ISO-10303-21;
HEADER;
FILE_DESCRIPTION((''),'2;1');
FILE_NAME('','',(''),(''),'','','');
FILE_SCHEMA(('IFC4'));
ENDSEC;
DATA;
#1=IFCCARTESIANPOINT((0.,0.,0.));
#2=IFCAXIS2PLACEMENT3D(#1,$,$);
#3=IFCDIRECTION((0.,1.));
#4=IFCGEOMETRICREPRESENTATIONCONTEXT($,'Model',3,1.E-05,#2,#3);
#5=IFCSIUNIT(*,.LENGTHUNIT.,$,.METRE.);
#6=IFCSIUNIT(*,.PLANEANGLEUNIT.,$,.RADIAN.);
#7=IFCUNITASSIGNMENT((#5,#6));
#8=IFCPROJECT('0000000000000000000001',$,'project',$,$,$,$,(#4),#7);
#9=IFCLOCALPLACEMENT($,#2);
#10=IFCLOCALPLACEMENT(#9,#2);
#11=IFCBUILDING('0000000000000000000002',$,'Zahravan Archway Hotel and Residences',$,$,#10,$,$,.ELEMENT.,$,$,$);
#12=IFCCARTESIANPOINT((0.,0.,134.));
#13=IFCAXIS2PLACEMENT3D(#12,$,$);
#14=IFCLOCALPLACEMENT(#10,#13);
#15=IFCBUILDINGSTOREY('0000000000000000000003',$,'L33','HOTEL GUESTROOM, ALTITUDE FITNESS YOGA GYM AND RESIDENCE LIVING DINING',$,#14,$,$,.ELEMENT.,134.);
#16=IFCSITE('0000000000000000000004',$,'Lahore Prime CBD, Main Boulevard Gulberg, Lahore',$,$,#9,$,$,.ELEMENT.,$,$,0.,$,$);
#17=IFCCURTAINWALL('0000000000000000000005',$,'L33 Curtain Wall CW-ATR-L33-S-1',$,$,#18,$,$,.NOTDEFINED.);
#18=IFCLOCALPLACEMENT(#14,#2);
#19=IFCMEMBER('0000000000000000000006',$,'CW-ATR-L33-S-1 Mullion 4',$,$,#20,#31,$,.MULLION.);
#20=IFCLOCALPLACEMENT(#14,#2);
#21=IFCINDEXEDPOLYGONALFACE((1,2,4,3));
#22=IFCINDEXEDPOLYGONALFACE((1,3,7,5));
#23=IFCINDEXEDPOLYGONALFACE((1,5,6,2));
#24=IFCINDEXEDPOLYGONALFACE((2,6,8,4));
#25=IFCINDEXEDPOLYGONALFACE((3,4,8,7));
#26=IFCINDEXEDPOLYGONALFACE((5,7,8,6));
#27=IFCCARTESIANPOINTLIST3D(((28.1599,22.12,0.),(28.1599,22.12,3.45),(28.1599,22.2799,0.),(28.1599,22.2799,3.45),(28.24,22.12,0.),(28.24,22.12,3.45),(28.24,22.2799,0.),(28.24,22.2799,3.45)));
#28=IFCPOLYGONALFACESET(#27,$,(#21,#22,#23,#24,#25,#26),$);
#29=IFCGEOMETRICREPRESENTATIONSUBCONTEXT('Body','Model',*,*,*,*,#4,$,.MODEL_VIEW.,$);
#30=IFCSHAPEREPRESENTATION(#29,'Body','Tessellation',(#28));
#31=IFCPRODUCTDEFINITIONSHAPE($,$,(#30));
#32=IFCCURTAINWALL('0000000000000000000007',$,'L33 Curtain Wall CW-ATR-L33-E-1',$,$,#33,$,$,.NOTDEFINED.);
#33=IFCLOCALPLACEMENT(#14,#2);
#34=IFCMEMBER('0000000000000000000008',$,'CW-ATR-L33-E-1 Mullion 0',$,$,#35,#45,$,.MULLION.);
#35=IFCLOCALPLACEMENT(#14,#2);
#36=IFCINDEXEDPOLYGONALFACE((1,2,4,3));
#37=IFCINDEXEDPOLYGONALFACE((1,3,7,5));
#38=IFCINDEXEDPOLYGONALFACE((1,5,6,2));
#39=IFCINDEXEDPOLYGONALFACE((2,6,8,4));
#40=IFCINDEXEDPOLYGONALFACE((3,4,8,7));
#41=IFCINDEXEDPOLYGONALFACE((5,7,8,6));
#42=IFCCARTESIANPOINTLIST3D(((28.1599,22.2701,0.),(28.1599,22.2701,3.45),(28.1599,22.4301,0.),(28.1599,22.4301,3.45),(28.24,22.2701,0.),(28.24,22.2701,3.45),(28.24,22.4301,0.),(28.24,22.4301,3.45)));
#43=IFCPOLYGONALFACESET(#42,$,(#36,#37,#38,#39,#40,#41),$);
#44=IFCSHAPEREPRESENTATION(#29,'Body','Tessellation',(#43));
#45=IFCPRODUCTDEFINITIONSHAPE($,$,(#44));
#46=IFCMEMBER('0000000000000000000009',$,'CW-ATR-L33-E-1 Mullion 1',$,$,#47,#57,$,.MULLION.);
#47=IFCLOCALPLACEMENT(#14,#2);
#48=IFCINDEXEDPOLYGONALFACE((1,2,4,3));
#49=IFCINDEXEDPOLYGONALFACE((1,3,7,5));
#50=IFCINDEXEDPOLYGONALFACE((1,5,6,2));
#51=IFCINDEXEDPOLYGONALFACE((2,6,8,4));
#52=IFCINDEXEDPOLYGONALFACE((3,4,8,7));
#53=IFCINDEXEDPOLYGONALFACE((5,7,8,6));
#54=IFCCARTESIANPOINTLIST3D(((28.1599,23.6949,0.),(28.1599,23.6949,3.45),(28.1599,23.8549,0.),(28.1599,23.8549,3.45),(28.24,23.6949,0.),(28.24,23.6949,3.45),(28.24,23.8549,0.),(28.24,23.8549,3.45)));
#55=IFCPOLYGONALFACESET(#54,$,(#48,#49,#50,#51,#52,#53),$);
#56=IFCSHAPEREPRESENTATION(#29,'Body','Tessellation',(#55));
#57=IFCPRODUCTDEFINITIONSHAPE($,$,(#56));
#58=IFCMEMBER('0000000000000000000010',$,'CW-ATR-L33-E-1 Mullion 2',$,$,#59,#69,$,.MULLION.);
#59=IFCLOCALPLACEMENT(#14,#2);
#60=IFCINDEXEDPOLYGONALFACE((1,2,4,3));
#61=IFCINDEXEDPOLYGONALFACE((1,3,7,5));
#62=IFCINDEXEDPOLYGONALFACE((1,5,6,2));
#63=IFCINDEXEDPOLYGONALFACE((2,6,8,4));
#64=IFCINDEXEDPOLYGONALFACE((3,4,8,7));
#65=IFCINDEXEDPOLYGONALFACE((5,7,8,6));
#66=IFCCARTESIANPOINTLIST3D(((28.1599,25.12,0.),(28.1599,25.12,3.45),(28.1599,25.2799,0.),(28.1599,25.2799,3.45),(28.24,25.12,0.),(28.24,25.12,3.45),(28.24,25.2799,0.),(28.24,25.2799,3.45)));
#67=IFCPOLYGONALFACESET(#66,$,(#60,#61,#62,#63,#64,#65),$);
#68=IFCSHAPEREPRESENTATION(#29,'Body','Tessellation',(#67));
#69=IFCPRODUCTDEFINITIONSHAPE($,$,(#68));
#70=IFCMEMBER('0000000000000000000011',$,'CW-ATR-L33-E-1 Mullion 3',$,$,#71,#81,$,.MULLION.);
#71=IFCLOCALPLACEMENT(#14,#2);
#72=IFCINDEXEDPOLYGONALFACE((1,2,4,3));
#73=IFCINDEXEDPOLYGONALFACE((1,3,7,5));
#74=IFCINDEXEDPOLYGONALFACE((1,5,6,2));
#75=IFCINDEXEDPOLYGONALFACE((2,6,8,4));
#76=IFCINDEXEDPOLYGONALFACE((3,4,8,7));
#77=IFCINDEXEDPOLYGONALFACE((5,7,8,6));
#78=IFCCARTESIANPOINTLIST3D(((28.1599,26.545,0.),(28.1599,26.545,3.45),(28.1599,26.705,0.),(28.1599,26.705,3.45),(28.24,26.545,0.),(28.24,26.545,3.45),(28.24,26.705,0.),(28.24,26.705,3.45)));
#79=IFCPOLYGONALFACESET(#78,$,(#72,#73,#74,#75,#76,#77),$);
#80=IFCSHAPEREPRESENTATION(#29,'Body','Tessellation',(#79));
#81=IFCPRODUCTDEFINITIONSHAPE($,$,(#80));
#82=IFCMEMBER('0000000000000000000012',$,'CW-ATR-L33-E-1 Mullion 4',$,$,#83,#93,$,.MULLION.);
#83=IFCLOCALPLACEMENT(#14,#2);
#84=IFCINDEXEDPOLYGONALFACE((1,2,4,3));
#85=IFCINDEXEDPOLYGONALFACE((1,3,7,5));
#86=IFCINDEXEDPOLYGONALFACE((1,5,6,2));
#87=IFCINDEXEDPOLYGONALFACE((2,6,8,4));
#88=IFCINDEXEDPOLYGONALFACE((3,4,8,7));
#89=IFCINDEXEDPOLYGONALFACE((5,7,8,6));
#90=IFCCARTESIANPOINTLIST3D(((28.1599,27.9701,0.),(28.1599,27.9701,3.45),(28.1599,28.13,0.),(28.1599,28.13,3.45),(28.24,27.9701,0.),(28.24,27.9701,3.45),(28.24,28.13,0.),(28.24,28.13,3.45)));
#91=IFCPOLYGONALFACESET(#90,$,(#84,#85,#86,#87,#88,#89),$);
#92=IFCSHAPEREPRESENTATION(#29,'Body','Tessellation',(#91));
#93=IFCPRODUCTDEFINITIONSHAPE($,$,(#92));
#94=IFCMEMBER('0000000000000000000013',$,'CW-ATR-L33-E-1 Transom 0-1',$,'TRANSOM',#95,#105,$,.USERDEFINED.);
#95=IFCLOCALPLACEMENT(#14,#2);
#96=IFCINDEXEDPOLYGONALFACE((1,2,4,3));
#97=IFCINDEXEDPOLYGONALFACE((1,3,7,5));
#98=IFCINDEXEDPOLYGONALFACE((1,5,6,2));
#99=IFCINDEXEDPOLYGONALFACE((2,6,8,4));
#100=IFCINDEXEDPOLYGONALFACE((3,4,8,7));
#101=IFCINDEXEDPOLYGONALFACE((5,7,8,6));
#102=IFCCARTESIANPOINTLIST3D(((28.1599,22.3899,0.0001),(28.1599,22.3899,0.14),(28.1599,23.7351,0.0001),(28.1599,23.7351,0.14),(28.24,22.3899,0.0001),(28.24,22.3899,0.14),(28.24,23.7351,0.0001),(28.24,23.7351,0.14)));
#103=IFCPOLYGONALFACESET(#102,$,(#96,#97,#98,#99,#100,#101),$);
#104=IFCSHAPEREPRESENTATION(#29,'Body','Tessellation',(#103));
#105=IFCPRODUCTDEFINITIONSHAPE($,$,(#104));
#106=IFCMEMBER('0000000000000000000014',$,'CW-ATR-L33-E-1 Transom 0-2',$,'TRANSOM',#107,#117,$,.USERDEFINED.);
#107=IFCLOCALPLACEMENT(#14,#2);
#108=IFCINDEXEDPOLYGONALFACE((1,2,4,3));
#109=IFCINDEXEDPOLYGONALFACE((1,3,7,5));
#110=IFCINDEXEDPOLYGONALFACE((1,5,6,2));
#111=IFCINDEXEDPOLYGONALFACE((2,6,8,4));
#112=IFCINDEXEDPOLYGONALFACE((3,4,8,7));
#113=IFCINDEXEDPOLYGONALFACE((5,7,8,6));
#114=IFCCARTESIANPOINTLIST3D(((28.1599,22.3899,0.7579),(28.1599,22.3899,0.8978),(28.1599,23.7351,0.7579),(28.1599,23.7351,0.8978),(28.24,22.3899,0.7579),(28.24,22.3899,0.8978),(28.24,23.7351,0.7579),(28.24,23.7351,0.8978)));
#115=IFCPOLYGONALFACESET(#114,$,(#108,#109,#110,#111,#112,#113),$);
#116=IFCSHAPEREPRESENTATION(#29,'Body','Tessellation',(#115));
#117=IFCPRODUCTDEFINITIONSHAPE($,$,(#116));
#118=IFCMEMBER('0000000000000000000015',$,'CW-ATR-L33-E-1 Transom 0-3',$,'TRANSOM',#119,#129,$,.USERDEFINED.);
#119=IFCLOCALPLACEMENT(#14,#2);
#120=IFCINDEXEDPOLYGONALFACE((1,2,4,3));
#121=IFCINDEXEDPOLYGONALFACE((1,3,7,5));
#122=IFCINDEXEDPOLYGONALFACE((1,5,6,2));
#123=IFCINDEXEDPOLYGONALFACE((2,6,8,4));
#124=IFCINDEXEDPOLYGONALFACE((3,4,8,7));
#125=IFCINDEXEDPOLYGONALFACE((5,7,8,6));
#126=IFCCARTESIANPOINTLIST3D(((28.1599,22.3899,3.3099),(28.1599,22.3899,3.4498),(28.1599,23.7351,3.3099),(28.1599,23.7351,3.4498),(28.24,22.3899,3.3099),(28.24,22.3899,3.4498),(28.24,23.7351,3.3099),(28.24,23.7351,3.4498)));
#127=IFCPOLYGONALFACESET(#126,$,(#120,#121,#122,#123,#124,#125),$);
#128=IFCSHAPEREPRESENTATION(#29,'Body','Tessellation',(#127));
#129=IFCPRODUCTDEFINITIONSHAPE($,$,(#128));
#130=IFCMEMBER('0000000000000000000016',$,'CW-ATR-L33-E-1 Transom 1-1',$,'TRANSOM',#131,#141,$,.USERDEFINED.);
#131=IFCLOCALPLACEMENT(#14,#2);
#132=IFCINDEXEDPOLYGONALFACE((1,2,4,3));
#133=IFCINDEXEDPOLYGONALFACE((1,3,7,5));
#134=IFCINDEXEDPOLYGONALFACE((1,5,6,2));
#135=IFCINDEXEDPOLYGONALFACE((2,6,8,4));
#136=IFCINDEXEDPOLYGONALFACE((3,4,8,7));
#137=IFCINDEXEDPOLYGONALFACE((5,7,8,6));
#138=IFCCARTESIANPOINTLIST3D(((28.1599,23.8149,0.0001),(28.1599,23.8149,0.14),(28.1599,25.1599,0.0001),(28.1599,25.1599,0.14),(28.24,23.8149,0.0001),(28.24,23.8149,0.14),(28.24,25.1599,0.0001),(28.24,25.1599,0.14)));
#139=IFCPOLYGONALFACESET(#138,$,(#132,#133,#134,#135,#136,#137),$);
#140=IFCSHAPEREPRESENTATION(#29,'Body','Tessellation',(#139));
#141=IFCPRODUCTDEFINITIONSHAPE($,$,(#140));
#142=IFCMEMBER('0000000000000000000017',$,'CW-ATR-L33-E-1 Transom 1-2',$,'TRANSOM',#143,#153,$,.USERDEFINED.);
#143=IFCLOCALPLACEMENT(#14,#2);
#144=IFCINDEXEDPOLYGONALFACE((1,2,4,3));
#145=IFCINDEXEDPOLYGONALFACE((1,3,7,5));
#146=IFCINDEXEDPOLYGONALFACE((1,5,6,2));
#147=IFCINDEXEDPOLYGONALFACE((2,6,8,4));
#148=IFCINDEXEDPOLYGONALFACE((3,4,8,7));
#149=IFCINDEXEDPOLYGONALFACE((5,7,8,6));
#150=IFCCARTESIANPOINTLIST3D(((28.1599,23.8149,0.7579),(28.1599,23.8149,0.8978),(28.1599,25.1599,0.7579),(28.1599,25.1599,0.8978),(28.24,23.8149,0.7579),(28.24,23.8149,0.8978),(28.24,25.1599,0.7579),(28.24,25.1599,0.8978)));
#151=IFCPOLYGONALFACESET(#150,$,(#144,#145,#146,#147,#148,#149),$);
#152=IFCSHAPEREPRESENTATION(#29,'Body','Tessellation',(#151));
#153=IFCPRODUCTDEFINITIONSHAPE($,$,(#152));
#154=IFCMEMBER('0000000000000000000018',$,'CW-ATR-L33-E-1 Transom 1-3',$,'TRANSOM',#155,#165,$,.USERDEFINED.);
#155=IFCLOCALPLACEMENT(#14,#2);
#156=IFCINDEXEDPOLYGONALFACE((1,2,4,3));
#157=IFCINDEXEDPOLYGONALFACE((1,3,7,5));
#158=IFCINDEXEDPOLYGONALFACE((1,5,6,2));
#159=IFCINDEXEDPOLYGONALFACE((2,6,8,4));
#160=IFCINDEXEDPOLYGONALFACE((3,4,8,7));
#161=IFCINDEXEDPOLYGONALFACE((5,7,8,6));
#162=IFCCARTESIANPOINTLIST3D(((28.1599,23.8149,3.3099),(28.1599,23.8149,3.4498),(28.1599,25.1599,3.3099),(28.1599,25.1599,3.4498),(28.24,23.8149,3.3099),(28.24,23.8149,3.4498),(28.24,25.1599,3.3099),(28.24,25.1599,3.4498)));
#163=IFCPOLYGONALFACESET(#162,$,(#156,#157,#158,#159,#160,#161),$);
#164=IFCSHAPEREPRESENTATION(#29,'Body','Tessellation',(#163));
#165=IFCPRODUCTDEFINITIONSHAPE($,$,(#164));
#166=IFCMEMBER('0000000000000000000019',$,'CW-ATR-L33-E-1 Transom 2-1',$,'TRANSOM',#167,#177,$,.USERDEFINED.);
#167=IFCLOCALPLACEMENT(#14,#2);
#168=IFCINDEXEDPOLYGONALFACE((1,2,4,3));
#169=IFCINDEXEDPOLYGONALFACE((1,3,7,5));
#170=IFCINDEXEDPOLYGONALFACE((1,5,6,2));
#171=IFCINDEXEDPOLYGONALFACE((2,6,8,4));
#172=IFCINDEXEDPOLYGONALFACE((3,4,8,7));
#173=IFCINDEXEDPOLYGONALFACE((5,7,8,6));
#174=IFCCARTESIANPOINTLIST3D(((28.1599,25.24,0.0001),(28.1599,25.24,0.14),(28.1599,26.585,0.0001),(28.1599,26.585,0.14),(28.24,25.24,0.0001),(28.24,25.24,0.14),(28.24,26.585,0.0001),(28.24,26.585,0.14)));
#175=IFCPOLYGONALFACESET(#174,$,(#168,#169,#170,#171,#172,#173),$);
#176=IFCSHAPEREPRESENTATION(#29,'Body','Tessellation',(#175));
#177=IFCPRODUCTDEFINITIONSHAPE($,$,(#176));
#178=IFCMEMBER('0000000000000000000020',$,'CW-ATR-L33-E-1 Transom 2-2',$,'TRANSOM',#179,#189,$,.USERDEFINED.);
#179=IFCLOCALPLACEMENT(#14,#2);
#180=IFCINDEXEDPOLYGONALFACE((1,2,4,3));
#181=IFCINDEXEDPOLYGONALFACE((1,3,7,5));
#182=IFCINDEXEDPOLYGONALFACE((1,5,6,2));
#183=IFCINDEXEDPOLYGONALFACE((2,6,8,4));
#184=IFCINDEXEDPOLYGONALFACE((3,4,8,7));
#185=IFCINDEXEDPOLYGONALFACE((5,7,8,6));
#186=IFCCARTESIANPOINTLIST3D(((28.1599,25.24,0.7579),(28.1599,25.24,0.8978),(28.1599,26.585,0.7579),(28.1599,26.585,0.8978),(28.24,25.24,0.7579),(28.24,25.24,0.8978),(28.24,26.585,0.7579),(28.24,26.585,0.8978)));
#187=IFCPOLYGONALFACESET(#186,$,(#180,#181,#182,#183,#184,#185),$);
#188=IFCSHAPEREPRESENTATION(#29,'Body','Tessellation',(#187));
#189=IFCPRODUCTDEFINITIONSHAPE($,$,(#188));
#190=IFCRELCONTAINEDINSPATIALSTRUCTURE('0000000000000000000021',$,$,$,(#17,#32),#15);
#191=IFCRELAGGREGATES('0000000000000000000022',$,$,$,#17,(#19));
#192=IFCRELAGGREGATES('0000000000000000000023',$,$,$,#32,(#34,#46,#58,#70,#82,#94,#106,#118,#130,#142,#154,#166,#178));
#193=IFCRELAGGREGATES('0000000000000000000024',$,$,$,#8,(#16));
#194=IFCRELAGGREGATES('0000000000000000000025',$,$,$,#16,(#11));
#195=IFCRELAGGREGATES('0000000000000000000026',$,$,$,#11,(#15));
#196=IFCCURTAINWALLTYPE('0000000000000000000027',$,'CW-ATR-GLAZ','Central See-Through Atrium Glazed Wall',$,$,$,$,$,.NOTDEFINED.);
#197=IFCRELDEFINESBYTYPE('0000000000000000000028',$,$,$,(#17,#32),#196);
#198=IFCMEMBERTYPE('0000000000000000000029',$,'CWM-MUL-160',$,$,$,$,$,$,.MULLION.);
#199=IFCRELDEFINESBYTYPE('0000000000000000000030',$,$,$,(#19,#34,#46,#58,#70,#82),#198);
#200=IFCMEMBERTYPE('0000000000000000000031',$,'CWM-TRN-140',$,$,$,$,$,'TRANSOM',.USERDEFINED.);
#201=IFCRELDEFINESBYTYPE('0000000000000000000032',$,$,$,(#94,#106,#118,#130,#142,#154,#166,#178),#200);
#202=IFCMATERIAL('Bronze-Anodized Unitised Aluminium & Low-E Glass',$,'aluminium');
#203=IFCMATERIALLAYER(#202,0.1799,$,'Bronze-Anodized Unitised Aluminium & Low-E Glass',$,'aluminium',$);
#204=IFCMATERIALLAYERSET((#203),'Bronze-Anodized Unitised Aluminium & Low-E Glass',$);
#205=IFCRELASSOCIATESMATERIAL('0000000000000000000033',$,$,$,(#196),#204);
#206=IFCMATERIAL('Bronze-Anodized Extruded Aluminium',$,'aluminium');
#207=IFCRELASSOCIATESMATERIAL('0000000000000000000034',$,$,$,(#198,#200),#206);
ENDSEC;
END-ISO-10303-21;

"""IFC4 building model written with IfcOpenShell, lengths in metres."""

from ifc_helpers import new_model, si_unit, direction, frame, origin, origin_2d, place, context, subcontext, project, spatial, rectangle, extrude, source, transform, mapped, material, layer, layer_set, material_profile, profile_set, type_object, element, aggregate, save


model = new_model("IFC4")

# Units and contexts
model_context = context("Model", 3, precision=1e-05, world=origin(), true_north=direction((0.0, 1.0)))
body_context = subcontext(model_context, "Body", "Model", "MODEL_VIEW")
ifc_project = project(units=[si_unit("LENGTHUNIT", "METRE"), si_unit("PLANEANGLEUNIT", "RADIAN")], contexts=[model_context])

# Site, building, storey
site_placement = place(None, origin())
site = spatial("IfcSite", under=ifc_project, at=site_placement, Name="Lahore Prime CBD, Main Boulevard Gulberg, Lahore", CompositionType="ELEMENT", RefElevation=0.0)
building_placement = place(site_placement, origin())
building = spatial("IfcBuilding", under=site, at=building_placement, Name="Zahravan Archway Hotel and Residences", CompositionType="ELEMENT")
storey_placement = place(building_placement, frame((0.0, 0.0, 134.0)))
storey = spatial("IfcBuildingStorey", under=building, at=storey_placement, Name="L33", Description="HOTEL GUESTROOM, ALTITUDE FITNESS YOGA GYM AND RESIDENCE LIVING DINING", CompositionType="ELEMENT", Elevation=134.0)

# Curtain wall, member
ifc_material_1 = material(Name="Bronze-Anodized Unitised Aluminium & Low-E Glass", Category="aluminium")
ifc_layer_1 = layer(ifc_material_1, 0.1799, Name="Bronze-Anodized Unitised Aluminium & Low-E Glass", Category="aluminium")
ifc_layer_set_1 = layer_set([ifc_layer_1], Name="Bronze-Anodized Unitised Aluminium & Low-E Glass")
curtain_wall_type = type_object("IfcCurtainWallType", Name="CW-ATR-GLAZ", Description="Central See-Through Atrium Glazed Wall", PredefinedType="NOTDEFINED", material=ifc_layer_set_1)
curtain_wall_1_placement = place(storey_placement, origin())
curtain_wall_1 = element("IfcCurtainWall", 1, at=curtain_wall_1_placement, inside=storey, type_object=curtain_wall_type, Name="L33 Curtain Wall CW-ATR-L33-S-1", PredefinedType="NOTDEFINED")
ifc_material_2 = material(Name="Bronze-Anodized Extruded Aluminium", Category="aluminium")
ifc_material_profile_1 = material_profile(ifc_material_2, rectangle(XDim=0.0801, YDim=0.1599, at=origin_2d()), Name="MUL 80x160", Category="aluminium")
ifc_profile_set_1 = profile_set([ifc_material_profile_1], Name="Bronze-Anodized Extruded Aluminium")
member_type_1 = type_object("IfcMemberType", Name="CWM-MUL-160", PredefinedType="MULLION", material=ifc_profile_set_1)
shared_shape_1 = source(origin(), body_context, "Body", "SweptSolid", [
    extrude(rectangle(XDim=0.0801, YDim=0.1599, at=origin_2d()), origin(), (0.0, 0.0, 1.0), 3.45),
])
member_1_placement = place(storey_placement, frame((28.2, 22.2, 0.0), z_axis=(0.0, 0.0, 1.0), x_axis=(1.0, 0.0, 0.0)))
member_1 = element("IfcMember", 2, at=member_1_placement, type_object=member_type_1, Name="CW-ATR-L33-S-1 Mullion 4", PredefinedType="MULLION", context=body_context, shape_type="MappedRepresentation", body=[
    mapped(shared_shape_1, transform((0.0, 0.0, 0.0), scale=1.0)),
])

# Curtain wall, members
curtain_wall_2_placement = place(storey_placement, origin())
curtain_wall_2 = element("IfcCurtainWall", 3, at=curtain_wall_2_placement, inside=storey, type_object=curtain_wall_type, Name="L33 Curtain Wall CW-ATR-L33-E-1", PredefinedType="NOTDEFINED")
member_2_placement = place(storey_placement, frame((28.2, 22.3501, 0.0), z_axis=(0.0, 0.0, 1.0), x_axis=(1.0, 0.0, 0.0)))
member_2 = element("IfcMember", 4, at=member_2_placement, type_object=member_type_1, Name="CW-ATR-L33-E-1 Mullion 0", PredefinedType="MULLION", context=body_context, shape_type="MappedRepresentation", body=[
    mapped(shared_shape_1, transform((0.0, 0.0, 0.0), scale=1.0)),
])
member_3_placement = place(storey_placement, frame((28.2, 23.7749, 0.0), z_axis=(0.0, 0.0, 1.0), x_axis=(1.0, 0.0, 0.0)))
member_3 = element("IfcMember", 5, at=member_3_placement, type_object=member_type_1, Name="CW-ATR-L33-E-1 Mullion 1", PredefinedType="MULLION", context=body_context, shape_type="MappedRepresentation", body=[
    mapped(shared_shape_1, transform((0.0, 0.0, 0.0), scale=1.0)),
])
member_4_placement = place(storey_placement, frame((28.2, 25.2, 0.0), z_axis=(0.0, 0.0, 1.0), x_axis=(1.0, 0.0, 0.0)))
member_4 = element("IfcMember", 6, at=member_4_placement, type_object=member_type_1, Name="CW-ATR-L33-E-1 Mullion 2", PredefinedType="MULLION", context=body_context, shape_type="MappedRepresentation", body=[
    mapped(shared_shape_1, transform((0.0, 0.0, 0.0), scale=1.0)),
])
member_5_placement = place(storey_placement, frame((28.2, 26.625, 0.0), z_axis=(0.0, 0.0, 1.0), x_axis=(1.0, 0.0, 0.0)))
member_5 = element("IfcMember", 7, at=member_5_placement, type_object=member_type_1, Name="CW-ATR-L33-E-1 Mullion 3", PredefinedType="MULLION", context=body_context, shape_type="MappedRepresentation", body=[
    mapped(shared_shape_1, transform((0.0, 0.0, 0.0), scale=1.0)),
])
member_6_placement = place(storey_placement, frame((28.2, 28.05, 0.0), z_axis=(0.0, 0.0, 1.0), x_axis=(1.0, 0.0, 0.0)))
member_6 = element("IfcMember", 8, at=member_6_placement, type_object=member_type_1, Name="CW-ATR-L33-E-1 Mullion 4", PredefinedType="MULLION", context=body_context, shape_type="MappedRepresentation", body=[
    mapped(shared_shape_1, transform((0.0, 0.0, 0.0), scale=1.0)),
])
ifc_material_profile_2 = material_profile(ifc_material_2, rectangle(XDim=0.0801, YDim=0.1399, at=origin_2d()), Name="TRN 80x140", Category="aluminium")
ifc_profile_set_2 = profile_set([ifc_material_profile_2], Name="Bronze-Anodized Extruded Aluminium")
member_type_2 = type_object("IfcMemberType", Name="CWM-TRN-140", ElementType="TRANSOM", PredefinedType="USERDEFINED", material=ifc_profile_set_2)
shared_shape_2 = source(origin(), body_context, "Body", "SweptSolid", [
    extrude(rectangle(XDim=0.0801, YDim=0.1399, at=origin_2d()), origin(), (0.0, 0.0, 1.0), 1.3452),
])
member_7_placement = place(storey_placement, frame((28.2, 22.3899, 0.0701), z_axis=(0.0, 1.0, 0.0), x_axis=(-1.0, 0.0, 0.0)))
member_7 = element("IfcMember", 9, at=member_7_placement, type_object=member_type_2, Name="CW-ATR-L33-E-1 Transom 0-1", ObjectType="TRANSOM", PredefinedType="USERDEFINED", context=body_context, shape_type="MappedRepresentation", body=[
    mapped(shared_shape_2, transform((0.0, 0.0, 0.0), scale=1.0)),
])
member_8_placement = place(storey_placement, frame((28.2, 22.3899, 0.8279), z_axis=(0.0, 1.0, 0.0), x_axis=(-1.0, 0.0, 0.0)))
member_8 = element("IfcMember", 10, at=member_8_placement, type_object=member_type_2, Name="CW-ATR-L33-E-1 Transom 0-2", ObjectType="TRANSOM", PredefinedType="USERDEFINED", context=body_context, shape_type="MappedRepresentation", body=[
    mapped(shared_shape_2, transform((0.0, 0.0, 0.0), scale=1.0)),
])
member_9_placement = place(storey_placement, frame((28.2, 22.3899, 3.3799), z_axis=(0.0, 1.0, 0.0), x_axis=(-1.0, 0.0, 0.0)))
member_9 = element("IfcMember", 11, at=member_9_placement, type_object=member_type_2, Name="CW-ATR-L33-E-1 Transom 0-3", ObjectType="TRANSOM", PredefinedType="USERDEFINED", context=body_context, shape_type="MappedRepresentation", body=[
    mapped(shared_shape_2, transform((0.0, 0.0, 0.0), scale=1.0)),
])
shared_shape_3 = source(origin(), body_context, "Body", "SweptSolid", [
    extrude(rectangle(XDim=0.0801, YDim=0.1399, at=origin_2d()), origin(), (0.0, 0.0, 1.0), 1.345),
])
member_10_placement = place(storey_placement, frame((28.2, 23.8149, 0.0701), z_axis=(0.0, 1.0, 0.0), x_axis=(-1.0, 0.0, 0.0)))
member_10 = element("IfcMember", 12, at=member_10_placement, type_object=member_type_2, Name="CW-ATR-L33-E-1 Transom 1-1", ObjectType="TRANSOM", PredefinedType="USERDEFINED", context=body_context, shape_type="MappedRepresentation", body=[
    mapped(shared_shape_3, transform((0.0, 0.0, 0.0), scale=1.0)),
])
member_11_placement = place(storey_placement, frame((28.2, 23.8149, 0.8279), z_axis=(0.0, 1.0, 0.0), x_axis=(-1.0, 0.0, 0.0)))
member_11 = element("IfcMember", 13, at=member_11_placement, type_object=member_type_2, Name="CW-ATR-L33-E-1 Transom 1-2", ObjectType="TRANSOM", PredefinedType="USERDEFINED", context=body_context, shape_type="MappedRepresentation", body=[
    mapped(shared_shape_3, transform((0.0, 0.0, 0.0), scale=1.0)),
])
member_12_placement = place(storey_placement, frame((28.2, 23.8149, 3.3799), z_axis=(0.0, 1.0, 0.0), x_axis=(-1.0, 0.0, 0.0)))
member_12 = element("IfcMember", 14, at=member_12_placement, type_object=member_type_2, Name="CW-ATR-L33-E-1 Transom 1-3", ObjectType="TRANSOM", PredefinedType="USERDEFINED", context=body_context, shape_type="MappedRepresentation", body=[
    mapped(shared_shape_3, transform((0.0, 0.0, 0.0), scale=1.0)),
])
member_13_placement = place(storey_placement, frame((28.2, 25.24, 0.0701), z_axis=(0.0, 1.0, 0.0), x_axis=(-1.0, 0.0, 0.0)))
member_13 = element("IfcMember", 15, at=member_13_placement, type_object=member_type_2, Name="CW-ATR-L33-E-1 Transom 2-1", ObjectType="TRANSOM", PredefinedType="USERDEFINED", context=body_context, shape_type="MappedRepresentation", body=[
    mapped(shared_shape_3, transform((0.0, 0.0, 0.0), scale=1.0)),
])
member_14_placement = place(storey_placement, frame((28.2, 25.24, 0.8279), z_axis=(0.0, 1.0, 0.0), x_axis=(-1.0, 0.0, 0.0)))
member_14 = element("IfcMember", 16, at=member_14_placement, type_object=member_type_2, Name="CW-ATR-L33-E-1 Transom 2-2", ObjectType="TRANSOM", PredefinedType="USERDEFINED", context=body_context, shape_type="MappedRepresentation", body=[
    mapped(shared_shape_3, transform((0.0, 0.0, 0.0), scale=1.0)),
])

aggregate(curtain_wall_1, [member_1])
aggregate(curtain_wall_2, [member_2, member_3, member_4, member_5, member_6, member_7, member_8, member_9, member_10, member_11, member_12, member_13, member_14])

save(model, "model.ifc")
